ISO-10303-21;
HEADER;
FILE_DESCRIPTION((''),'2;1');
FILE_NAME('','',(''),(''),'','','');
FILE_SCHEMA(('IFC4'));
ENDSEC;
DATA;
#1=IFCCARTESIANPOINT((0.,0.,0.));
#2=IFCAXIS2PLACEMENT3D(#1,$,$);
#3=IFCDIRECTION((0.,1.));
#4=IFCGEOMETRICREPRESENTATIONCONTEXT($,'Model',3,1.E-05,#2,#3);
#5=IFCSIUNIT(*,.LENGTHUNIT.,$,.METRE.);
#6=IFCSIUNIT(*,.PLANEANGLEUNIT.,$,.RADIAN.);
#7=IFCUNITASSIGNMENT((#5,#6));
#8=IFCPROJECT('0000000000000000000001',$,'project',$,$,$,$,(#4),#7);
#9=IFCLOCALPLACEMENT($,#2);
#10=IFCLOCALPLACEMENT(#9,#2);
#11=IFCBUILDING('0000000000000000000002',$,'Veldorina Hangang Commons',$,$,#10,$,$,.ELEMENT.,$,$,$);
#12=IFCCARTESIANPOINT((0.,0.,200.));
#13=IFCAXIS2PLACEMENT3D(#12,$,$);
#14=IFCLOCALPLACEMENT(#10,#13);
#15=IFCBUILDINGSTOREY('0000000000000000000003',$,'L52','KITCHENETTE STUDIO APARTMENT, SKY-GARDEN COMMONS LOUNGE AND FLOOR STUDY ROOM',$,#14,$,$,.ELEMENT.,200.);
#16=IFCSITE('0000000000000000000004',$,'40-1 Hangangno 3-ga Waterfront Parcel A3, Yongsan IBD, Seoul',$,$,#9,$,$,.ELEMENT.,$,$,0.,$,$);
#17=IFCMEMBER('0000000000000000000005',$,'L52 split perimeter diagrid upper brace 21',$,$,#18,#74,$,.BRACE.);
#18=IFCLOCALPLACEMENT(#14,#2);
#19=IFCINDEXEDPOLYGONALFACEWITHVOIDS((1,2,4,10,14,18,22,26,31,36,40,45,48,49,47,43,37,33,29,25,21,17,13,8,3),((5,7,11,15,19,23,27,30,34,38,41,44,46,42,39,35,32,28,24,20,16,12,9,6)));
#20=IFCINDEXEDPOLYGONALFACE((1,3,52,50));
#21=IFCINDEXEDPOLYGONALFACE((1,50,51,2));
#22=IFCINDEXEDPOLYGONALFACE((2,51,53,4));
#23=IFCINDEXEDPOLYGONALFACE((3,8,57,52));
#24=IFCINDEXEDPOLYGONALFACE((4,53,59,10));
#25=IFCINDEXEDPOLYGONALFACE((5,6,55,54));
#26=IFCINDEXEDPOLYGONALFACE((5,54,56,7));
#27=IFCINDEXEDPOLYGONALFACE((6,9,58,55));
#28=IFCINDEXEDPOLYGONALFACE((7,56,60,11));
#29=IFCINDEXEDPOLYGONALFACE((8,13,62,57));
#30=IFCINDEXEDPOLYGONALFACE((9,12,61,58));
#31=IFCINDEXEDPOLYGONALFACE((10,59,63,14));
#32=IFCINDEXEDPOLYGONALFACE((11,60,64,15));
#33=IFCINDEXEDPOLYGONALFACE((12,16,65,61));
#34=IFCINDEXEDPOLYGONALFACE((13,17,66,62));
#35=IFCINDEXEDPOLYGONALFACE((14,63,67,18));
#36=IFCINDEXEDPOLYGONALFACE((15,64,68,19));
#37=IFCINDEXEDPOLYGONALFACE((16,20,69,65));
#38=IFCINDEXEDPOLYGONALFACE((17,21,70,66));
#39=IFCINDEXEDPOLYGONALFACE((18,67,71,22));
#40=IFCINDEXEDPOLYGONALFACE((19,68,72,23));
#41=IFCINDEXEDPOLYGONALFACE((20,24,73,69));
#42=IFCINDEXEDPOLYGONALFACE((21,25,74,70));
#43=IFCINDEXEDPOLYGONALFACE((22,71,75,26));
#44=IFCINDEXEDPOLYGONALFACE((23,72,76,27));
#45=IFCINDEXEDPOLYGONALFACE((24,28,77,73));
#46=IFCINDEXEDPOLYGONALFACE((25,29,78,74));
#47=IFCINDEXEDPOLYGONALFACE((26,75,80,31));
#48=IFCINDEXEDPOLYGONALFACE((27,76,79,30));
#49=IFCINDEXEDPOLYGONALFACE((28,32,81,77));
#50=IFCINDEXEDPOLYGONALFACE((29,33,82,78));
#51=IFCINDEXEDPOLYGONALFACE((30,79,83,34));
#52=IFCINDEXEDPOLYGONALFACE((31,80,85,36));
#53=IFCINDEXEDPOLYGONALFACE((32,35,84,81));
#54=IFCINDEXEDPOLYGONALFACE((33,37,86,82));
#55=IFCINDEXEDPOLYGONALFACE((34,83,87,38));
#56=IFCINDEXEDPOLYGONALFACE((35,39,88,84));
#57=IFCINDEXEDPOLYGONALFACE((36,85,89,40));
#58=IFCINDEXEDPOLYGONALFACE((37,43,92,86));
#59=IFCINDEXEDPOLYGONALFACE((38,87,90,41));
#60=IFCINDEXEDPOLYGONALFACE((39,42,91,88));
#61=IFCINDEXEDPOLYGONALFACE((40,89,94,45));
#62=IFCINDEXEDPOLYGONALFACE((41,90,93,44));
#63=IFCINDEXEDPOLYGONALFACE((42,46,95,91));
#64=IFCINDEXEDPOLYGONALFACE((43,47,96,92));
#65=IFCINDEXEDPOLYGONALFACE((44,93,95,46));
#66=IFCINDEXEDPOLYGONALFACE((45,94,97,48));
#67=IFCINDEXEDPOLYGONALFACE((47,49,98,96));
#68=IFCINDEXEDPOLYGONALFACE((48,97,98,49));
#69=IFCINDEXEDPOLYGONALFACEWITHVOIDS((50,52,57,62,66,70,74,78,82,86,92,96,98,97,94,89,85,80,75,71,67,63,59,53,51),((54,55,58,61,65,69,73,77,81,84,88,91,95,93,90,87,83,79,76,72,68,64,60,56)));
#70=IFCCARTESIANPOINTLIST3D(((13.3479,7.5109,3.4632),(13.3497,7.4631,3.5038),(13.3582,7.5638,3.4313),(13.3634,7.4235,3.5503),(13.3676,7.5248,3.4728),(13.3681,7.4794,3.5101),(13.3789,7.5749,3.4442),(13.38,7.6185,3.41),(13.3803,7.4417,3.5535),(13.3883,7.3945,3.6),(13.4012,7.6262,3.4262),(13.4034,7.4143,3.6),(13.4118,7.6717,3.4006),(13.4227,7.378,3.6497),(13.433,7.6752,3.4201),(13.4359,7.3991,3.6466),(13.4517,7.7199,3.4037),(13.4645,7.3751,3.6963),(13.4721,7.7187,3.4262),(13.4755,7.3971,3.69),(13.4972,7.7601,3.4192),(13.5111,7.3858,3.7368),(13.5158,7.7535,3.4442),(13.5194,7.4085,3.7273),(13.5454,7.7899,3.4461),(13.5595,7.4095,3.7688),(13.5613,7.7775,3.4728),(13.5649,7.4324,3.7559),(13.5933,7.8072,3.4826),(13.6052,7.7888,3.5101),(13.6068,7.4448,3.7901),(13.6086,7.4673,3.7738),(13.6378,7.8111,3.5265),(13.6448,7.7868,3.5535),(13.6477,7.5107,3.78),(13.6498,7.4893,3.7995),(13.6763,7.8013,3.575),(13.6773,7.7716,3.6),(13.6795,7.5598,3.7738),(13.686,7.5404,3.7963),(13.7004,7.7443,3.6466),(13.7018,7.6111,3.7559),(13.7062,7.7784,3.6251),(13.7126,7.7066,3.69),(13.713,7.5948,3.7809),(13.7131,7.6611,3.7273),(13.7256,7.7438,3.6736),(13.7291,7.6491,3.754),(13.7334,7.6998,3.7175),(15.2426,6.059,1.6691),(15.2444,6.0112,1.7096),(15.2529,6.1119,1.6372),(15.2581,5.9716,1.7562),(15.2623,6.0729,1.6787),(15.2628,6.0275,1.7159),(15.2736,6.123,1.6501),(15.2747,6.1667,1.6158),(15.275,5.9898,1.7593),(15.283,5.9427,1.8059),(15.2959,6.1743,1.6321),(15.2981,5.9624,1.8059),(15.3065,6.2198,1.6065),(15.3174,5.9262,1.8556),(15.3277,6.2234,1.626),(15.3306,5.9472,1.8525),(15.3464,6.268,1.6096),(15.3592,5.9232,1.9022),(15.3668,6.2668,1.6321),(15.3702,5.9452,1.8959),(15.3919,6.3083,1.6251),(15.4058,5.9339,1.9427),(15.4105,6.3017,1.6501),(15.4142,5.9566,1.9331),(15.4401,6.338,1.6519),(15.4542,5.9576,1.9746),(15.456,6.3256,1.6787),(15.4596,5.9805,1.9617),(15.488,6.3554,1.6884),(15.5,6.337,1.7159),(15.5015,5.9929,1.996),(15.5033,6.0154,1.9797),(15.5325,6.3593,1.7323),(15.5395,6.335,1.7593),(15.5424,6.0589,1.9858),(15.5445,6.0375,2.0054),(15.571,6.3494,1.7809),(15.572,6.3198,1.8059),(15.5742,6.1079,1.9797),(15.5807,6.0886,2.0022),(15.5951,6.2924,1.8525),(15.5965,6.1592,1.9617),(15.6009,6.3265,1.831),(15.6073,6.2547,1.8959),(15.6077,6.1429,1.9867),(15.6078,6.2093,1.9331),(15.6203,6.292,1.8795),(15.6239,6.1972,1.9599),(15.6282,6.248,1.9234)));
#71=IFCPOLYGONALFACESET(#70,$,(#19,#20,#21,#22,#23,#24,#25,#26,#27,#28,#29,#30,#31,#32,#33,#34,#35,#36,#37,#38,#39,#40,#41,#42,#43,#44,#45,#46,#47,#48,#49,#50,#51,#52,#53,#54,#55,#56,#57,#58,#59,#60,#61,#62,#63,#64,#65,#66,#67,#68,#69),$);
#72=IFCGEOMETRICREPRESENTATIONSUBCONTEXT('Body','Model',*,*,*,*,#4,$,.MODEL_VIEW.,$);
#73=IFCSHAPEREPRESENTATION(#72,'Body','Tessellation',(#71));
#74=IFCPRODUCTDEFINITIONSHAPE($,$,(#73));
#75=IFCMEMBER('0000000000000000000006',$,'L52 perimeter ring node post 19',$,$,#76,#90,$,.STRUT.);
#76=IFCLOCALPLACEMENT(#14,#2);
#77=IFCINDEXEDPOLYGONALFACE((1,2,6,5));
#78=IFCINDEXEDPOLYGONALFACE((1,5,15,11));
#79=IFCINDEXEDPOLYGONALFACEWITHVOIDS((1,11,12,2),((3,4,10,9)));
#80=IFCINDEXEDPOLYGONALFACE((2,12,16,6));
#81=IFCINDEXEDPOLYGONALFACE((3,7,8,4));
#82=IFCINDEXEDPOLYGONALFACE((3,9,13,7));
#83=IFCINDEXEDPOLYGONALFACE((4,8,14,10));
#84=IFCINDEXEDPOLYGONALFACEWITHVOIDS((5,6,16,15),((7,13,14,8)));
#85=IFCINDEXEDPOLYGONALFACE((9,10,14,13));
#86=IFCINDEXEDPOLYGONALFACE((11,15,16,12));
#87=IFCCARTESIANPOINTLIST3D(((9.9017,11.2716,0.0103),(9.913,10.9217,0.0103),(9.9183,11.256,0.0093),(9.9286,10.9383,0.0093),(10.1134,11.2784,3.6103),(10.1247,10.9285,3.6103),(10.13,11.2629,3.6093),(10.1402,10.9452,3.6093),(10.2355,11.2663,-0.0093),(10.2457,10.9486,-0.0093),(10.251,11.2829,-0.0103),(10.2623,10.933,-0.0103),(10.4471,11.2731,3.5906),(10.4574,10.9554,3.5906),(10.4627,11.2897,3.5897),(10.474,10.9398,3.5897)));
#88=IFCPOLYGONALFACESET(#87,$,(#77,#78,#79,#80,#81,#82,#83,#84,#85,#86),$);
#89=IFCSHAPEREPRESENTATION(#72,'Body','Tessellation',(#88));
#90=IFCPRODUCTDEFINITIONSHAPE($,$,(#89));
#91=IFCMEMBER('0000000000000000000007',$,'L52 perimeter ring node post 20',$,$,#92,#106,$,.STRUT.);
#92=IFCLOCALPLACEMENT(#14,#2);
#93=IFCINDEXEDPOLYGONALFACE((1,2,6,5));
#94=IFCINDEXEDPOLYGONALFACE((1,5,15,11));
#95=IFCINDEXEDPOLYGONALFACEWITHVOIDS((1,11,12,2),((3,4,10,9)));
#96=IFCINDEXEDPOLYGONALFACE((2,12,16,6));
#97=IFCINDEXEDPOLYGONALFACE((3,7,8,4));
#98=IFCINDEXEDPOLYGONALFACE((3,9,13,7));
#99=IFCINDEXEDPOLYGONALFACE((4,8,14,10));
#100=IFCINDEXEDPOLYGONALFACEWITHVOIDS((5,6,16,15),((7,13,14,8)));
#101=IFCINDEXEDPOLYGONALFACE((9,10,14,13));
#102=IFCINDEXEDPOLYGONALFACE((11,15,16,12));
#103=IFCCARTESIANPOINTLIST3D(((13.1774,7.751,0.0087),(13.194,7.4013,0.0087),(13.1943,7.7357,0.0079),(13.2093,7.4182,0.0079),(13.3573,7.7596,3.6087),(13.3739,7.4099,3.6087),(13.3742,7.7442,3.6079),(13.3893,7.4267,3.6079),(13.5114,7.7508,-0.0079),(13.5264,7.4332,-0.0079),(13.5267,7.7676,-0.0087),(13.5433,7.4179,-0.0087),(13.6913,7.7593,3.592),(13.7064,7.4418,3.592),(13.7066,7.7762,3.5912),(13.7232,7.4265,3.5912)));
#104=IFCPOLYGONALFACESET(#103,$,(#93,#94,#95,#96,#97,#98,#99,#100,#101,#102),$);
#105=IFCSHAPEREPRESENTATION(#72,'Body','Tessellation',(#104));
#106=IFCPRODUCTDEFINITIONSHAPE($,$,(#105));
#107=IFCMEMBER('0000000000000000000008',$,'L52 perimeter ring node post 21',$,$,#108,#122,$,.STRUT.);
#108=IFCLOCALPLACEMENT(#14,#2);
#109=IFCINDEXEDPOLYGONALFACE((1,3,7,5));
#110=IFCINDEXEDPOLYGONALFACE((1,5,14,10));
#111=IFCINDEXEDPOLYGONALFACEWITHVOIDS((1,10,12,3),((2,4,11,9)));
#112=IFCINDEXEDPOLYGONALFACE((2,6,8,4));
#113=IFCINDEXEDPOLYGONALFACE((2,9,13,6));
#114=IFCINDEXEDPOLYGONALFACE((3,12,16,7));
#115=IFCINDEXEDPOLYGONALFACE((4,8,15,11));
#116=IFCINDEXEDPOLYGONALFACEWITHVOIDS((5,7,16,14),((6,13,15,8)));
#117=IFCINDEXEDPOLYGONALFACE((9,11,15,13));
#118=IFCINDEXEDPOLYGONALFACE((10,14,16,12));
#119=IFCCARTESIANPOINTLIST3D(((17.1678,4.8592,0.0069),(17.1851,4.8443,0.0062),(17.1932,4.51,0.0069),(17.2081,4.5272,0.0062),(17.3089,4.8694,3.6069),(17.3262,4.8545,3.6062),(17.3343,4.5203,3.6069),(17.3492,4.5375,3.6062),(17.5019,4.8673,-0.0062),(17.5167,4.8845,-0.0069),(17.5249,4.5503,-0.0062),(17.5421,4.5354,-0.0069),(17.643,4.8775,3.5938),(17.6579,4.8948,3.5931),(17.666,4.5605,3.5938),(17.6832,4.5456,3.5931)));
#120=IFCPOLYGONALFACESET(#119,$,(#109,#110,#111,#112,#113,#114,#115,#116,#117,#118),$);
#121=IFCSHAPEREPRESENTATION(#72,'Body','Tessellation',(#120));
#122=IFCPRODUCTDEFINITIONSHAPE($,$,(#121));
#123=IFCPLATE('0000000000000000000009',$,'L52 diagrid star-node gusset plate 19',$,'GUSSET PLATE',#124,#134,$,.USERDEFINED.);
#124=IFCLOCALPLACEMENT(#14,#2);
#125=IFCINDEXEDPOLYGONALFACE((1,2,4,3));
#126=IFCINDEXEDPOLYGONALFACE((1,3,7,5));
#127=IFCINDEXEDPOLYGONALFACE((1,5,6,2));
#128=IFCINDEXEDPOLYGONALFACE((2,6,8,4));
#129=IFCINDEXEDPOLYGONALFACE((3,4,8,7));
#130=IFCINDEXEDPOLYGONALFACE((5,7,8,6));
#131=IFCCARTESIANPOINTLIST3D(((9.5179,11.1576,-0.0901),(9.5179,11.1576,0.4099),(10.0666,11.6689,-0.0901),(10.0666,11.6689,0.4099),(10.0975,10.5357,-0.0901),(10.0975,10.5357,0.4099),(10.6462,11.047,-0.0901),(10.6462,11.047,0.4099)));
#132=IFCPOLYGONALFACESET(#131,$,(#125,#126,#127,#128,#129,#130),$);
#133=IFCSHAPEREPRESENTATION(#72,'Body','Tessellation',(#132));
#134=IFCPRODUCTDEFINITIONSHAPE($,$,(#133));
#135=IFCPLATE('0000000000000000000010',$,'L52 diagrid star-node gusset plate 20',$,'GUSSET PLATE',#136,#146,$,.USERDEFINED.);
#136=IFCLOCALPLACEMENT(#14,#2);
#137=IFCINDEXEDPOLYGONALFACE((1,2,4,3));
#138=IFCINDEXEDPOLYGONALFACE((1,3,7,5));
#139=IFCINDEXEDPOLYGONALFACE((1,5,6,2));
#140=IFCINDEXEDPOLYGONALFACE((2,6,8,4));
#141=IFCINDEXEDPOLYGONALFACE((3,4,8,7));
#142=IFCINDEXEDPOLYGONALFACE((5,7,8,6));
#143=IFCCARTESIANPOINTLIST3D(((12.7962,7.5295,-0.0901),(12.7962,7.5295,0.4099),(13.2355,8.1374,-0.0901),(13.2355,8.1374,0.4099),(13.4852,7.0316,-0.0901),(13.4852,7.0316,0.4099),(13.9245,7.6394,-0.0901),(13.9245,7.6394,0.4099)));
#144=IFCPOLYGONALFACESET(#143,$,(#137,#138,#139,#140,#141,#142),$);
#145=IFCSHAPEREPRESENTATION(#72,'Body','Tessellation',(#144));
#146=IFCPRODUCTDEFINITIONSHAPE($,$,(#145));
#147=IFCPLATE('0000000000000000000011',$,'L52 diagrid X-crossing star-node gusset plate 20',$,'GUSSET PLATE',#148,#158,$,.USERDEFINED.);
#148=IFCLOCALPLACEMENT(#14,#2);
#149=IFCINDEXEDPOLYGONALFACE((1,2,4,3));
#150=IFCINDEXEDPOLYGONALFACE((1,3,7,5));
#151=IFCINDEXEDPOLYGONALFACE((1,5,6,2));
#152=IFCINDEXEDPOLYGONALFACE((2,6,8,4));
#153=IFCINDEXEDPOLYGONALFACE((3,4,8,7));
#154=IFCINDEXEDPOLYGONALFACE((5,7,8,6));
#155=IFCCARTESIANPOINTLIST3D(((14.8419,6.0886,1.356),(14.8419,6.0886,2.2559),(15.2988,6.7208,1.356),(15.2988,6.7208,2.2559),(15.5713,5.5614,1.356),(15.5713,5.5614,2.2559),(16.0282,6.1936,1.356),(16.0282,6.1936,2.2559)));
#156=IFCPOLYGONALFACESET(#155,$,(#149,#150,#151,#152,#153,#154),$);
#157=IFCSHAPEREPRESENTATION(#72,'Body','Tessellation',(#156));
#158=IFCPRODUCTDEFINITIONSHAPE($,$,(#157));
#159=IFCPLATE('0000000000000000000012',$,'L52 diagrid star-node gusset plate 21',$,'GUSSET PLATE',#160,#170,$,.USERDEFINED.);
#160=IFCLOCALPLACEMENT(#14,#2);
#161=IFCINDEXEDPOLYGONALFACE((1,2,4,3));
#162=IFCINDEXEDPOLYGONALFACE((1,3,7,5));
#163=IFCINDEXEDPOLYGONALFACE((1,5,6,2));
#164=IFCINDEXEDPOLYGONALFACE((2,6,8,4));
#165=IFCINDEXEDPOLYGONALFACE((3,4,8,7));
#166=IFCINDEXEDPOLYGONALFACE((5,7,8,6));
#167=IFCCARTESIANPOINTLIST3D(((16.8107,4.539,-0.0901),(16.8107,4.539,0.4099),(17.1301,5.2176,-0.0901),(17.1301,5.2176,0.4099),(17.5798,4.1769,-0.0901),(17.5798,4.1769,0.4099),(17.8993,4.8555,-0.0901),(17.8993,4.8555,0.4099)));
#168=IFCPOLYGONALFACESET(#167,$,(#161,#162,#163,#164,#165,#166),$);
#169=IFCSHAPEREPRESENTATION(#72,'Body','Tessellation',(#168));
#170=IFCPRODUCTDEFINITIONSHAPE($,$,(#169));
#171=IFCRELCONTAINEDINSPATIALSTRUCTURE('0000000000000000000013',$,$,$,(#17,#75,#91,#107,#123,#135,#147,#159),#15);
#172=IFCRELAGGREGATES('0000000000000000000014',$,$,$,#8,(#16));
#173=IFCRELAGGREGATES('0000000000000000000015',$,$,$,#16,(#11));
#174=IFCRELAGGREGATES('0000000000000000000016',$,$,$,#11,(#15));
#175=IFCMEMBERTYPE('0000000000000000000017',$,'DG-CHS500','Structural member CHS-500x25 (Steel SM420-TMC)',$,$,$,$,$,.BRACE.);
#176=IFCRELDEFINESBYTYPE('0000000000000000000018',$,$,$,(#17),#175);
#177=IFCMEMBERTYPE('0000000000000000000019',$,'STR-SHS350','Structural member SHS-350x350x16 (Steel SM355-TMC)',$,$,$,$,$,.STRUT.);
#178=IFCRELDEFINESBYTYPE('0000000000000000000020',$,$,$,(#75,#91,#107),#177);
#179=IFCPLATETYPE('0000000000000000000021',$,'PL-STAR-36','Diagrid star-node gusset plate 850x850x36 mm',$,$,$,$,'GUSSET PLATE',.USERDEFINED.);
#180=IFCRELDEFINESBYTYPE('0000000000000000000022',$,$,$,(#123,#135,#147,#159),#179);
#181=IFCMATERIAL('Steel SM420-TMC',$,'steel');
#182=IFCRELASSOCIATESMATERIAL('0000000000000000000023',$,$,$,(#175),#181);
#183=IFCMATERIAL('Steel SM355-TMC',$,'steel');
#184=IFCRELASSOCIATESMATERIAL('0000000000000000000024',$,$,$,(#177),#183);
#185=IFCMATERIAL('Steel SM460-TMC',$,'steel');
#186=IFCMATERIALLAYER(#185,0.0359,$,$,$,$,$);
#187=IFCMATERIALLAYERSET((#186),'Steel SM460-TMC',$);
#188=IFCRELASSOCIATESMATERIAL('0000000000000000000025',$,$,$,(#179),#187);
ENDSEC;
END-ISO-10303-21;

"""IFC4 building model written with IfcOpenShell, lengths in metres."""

from ifc_helpers import new_model, si_unit, direction, frame, origin, origin_2d, place, context, subcontext, project, spatial, rectangle, hollow_rectangle, hollow_circle, extrude, material, layer, layer_set, material_profile, profile_set, type_object, element, save


model = new_model("IFC4")

# Units and contexts
model_context = context("Model", 3, precision=1e-05, world=origin(), true_north=direction((0.0, 1.0)))
body_context = subcontext(model_context, "Body", "Model", "MODEL_VIEW")
ifc_project = project(units=[si_unit("LENGTHUNIT", "METRE"), si_unit("PLANEANGLEUNIT", "RADIAN")], contexts=[model_context])

# Site, building, storey
site_placement = place(None, origin())
site = spatial("IfcSite", under=ifc_project, at=site_placement, Name="40-1 Hangangno 3-ga Waterfront Parcel A3, Yongsan IBD, Seoul", CompositionType="ELEMENT", RefElevation=0.0)
building_placement = place(site_placement, origin())
building = spatial("IfcBuilding", under=site, at=building_placement, Name="Veldorina Hangang Commons", CompositionType="ELEMENT")
storey_placement = place(building_placement, frame((0.0, 0.0, 200.0)))
storey = spatial("IfcBuildingStorey", under=building, at=storey_placement, Name="L52", Description="KITCHENETTE STUDIO APARTMENT, SKY-GARDEN COMMONS LOUNGE AND FLOOR STUDY ROOM", CompositionType="ELEMENT", Elevation=200.0)

# Shared definitions
ifc_material_1 = material(Name="Steel SM355-TMC", Category="steel")
ifc_material_2 = material(Name="Steel SM420-TMC", Category="steel")

# Members
ifc_material_profile_1 = material_profile(ifc_material_2, hollow_circle(Radius=0.25, WallThickness=0.0249, at=origin_2d()), Name="CHS-500x25")
ifc_profile_set_1 = profile_set([ifc_material_profile_1], Name="Steel SM420-TMC")
member_type_1 = type_object("IfcMemberType", Name="DG-CHS500", Description="Structural member CHS-500x25 (Steel SM420-TMC)", PredefinedType="BRACE", material=ifc_profile_set_1)
member_1_placement = place(storey_placement, frame((15.4351, 6.1411, 1.8059), z_axis=(-0.634513, 0.486207, 0.600829), x_axis=(-0.608232, -0.793759, 0.0)))
element("IfcMember", 1, at=member_1_placement, inside=storey, type_object=member_type_1, Name="L52 split perimeter diagrid upper brace 21", PredefinedType="BRACE", context=body_context, shape_type="SweptSolid", body=[
    extrude(hollow_circle(Radius=0.25, WallThickness=0.0249, at=origin_2d()), origin(), (0.0, 0.0, 1.0), 2.9861),
])
ifc_material_profile_2 = material_profile(ifc_material_1, hollow_rectangle(XDim=0.3501, YDim=0.3501, WallThickness=0.0161, at=origin_2d()), Name="SHS-350x350x16")
ifc_profile_set_2 = profile_set([ifc_material_profile_2], Name="Steel SM355-TMC")
member_type_2 = type_object("IfcMemberType", Name="STR-SHS350", Description="Structural member SHS-350x350x16 (Steel SM355-TMC)", PredefinedType="STRUT", material=ifc_profile_set_2)
member_2_placement = place(storey_placement, frame((10.082, 11.1023, 0.0), z_axis=(0.058694, 0.001896, 0.998274), x_axis=(-0.032278, 0.999479, 0.0)))
element("IfcMember", 2, at=member_2_placement, inside=storey, type_object=member_type_2, Name="L52 perimeter ring node post 19", PredefinedType="STRUT", context=body_context, shape_type="SweptSolid", body=[
    extrude(hollow_rectangle(XDim=0.3501, YDim=0.3501, WallThickness=0.0161, at=origin_2d()), origin(), (0.0, 0.0, 1.0), 3.6062),
])
member_3_placement = place(storey_placement, frame((13.3604, 7.5845, 0.0), z_axis=(0.049917, 0.002371, 0.998751), x_axis=(-0.047436, 0.998874, 0.0)))
element("IfcMember", 3, at=member_3_placement, inside=storey, type_object=member_type_2, Name="L52 perimeter ring node post 20", PredefinedType="STRUT", context=body_context, shape_type="SweptSolid", body=[
    extrude(hollow_rectangle(XDim=0.3501, YDim=0.3501, WallThickness=0.0161, at=origin_2d()), origin(), (0.0, 0.0, 1.0), 3.6045),
])
member_4_placement = place(storey_placement, frame((17.355, 4.6973, 0.0), z_axis=(0.039167, 0.002846, 0.999229), x_axis=(-0.072473, 0.99737, 0.0)))
element("IfcMember", 4, at=member_4_placement, inside=storey, type_object=member_type_2, Name="L52 perimeter ring node post 21", PredefinedType="STRUT", context=body_context, shape_type="SweptSolid", body=[
    extrude(hollow_rectangle(XDim=0.3501, YDim=0.3501, WallThickness=0.0161, at=origin_2d()), origin(), (0.0, 0.0, 1.0), 3.6028),
])

# Plates
ifc_material_3 = material(Name="Steel SM460-TMC", Category="steel")
ifc_layer_1 = layer(ifc_material_3, 0.0359)
ifc_layer_set_1 = layer_set([ifc_layer_1], Name="Steel SM460-TMC")
plate_type = type_object("IfcPlateType", Name="PL-STAR-36", Description="Diagrid star-node gusset plate 850x850x36 mm", ElementType="GUSSET PLATE", PredefinedType="USERDEFINED", material=ifc_layer_set_1)
for number, where, z_axis, x_axis, name in (
    (5, (10.082, 11.1023, -0.0901), (0.0, 0.0, 1.0), (0.681756, -0.73158, 0.0), "L52 diagrid star-node gusset plate 19"),
    (6, (13.3604, 7.5845, -0.0901), (0.0, 0.0, 1.0), (0.810471, -0.585778, 0.0), "L52 diagrid star-node gusset plate 20"),
):
    element("IfcPlate", number, at=place(storey_placement, frame(where, z_axis=z_axis, x_axis=x_axis)), inside=storey, type_object=plate_type, Name=name, ObjectType="GUSSET PLATE", PredefinedType="USERDEFINED", context=body_context, shape_type="SweptSolid", body=[
        extrude(rectangle(XDim=0.8501, YDim=0.75, at=origin_2d()), origin(), (0.0, 0.0, 1.0), 0.5),
    ])
plate_1_placement = place(storey_placement, frame((15.4351, 6.1411, 1.356), z_axis=(0.0, 0.0, 1.0), x_axis=(0.810471, -0.585778, 0.0)))
element("IfcPlate", 7, at=plate_1_placement, inside=storey, type_object=plate_type, Name="L52 diagrid X-crossing star-node gusset plate 20", ObjectType="GUSSET PLATE", PredefinedType="USERDEFINED", context=body_context, shape_type="SweptSolid", body=[
    extrude(rectangle(XDim=0.8999, YDim=0.78, at=origin_2d()), origin(), (0.0, 0.0, 1.0), 0.8999),
])
plate_2_placement = place(storey_placement, frame((17.355, 4.6973, -0.0901), z_axis=(0.0, 0.0, 1.0), x_axis=(0.904768, -0.425906, 0.0)))
element("IfcPlate", 8, at=plate_2_placement, inside=storey, type_object=plate_type, Name="L52 diagrid star-node gusset plate 21", ObjectType="GUSSET PLATE", PredefinedType="USERDEFINED", context=body_context, shape_type="SweptSolid", body=[
    extrude(rectangle(XDim=0.8501, YDim=0.75, at=origin_2d()), origin(), (0.0, 0.0, 1.0), 0.5),
])

save(model, "model.ifc")
